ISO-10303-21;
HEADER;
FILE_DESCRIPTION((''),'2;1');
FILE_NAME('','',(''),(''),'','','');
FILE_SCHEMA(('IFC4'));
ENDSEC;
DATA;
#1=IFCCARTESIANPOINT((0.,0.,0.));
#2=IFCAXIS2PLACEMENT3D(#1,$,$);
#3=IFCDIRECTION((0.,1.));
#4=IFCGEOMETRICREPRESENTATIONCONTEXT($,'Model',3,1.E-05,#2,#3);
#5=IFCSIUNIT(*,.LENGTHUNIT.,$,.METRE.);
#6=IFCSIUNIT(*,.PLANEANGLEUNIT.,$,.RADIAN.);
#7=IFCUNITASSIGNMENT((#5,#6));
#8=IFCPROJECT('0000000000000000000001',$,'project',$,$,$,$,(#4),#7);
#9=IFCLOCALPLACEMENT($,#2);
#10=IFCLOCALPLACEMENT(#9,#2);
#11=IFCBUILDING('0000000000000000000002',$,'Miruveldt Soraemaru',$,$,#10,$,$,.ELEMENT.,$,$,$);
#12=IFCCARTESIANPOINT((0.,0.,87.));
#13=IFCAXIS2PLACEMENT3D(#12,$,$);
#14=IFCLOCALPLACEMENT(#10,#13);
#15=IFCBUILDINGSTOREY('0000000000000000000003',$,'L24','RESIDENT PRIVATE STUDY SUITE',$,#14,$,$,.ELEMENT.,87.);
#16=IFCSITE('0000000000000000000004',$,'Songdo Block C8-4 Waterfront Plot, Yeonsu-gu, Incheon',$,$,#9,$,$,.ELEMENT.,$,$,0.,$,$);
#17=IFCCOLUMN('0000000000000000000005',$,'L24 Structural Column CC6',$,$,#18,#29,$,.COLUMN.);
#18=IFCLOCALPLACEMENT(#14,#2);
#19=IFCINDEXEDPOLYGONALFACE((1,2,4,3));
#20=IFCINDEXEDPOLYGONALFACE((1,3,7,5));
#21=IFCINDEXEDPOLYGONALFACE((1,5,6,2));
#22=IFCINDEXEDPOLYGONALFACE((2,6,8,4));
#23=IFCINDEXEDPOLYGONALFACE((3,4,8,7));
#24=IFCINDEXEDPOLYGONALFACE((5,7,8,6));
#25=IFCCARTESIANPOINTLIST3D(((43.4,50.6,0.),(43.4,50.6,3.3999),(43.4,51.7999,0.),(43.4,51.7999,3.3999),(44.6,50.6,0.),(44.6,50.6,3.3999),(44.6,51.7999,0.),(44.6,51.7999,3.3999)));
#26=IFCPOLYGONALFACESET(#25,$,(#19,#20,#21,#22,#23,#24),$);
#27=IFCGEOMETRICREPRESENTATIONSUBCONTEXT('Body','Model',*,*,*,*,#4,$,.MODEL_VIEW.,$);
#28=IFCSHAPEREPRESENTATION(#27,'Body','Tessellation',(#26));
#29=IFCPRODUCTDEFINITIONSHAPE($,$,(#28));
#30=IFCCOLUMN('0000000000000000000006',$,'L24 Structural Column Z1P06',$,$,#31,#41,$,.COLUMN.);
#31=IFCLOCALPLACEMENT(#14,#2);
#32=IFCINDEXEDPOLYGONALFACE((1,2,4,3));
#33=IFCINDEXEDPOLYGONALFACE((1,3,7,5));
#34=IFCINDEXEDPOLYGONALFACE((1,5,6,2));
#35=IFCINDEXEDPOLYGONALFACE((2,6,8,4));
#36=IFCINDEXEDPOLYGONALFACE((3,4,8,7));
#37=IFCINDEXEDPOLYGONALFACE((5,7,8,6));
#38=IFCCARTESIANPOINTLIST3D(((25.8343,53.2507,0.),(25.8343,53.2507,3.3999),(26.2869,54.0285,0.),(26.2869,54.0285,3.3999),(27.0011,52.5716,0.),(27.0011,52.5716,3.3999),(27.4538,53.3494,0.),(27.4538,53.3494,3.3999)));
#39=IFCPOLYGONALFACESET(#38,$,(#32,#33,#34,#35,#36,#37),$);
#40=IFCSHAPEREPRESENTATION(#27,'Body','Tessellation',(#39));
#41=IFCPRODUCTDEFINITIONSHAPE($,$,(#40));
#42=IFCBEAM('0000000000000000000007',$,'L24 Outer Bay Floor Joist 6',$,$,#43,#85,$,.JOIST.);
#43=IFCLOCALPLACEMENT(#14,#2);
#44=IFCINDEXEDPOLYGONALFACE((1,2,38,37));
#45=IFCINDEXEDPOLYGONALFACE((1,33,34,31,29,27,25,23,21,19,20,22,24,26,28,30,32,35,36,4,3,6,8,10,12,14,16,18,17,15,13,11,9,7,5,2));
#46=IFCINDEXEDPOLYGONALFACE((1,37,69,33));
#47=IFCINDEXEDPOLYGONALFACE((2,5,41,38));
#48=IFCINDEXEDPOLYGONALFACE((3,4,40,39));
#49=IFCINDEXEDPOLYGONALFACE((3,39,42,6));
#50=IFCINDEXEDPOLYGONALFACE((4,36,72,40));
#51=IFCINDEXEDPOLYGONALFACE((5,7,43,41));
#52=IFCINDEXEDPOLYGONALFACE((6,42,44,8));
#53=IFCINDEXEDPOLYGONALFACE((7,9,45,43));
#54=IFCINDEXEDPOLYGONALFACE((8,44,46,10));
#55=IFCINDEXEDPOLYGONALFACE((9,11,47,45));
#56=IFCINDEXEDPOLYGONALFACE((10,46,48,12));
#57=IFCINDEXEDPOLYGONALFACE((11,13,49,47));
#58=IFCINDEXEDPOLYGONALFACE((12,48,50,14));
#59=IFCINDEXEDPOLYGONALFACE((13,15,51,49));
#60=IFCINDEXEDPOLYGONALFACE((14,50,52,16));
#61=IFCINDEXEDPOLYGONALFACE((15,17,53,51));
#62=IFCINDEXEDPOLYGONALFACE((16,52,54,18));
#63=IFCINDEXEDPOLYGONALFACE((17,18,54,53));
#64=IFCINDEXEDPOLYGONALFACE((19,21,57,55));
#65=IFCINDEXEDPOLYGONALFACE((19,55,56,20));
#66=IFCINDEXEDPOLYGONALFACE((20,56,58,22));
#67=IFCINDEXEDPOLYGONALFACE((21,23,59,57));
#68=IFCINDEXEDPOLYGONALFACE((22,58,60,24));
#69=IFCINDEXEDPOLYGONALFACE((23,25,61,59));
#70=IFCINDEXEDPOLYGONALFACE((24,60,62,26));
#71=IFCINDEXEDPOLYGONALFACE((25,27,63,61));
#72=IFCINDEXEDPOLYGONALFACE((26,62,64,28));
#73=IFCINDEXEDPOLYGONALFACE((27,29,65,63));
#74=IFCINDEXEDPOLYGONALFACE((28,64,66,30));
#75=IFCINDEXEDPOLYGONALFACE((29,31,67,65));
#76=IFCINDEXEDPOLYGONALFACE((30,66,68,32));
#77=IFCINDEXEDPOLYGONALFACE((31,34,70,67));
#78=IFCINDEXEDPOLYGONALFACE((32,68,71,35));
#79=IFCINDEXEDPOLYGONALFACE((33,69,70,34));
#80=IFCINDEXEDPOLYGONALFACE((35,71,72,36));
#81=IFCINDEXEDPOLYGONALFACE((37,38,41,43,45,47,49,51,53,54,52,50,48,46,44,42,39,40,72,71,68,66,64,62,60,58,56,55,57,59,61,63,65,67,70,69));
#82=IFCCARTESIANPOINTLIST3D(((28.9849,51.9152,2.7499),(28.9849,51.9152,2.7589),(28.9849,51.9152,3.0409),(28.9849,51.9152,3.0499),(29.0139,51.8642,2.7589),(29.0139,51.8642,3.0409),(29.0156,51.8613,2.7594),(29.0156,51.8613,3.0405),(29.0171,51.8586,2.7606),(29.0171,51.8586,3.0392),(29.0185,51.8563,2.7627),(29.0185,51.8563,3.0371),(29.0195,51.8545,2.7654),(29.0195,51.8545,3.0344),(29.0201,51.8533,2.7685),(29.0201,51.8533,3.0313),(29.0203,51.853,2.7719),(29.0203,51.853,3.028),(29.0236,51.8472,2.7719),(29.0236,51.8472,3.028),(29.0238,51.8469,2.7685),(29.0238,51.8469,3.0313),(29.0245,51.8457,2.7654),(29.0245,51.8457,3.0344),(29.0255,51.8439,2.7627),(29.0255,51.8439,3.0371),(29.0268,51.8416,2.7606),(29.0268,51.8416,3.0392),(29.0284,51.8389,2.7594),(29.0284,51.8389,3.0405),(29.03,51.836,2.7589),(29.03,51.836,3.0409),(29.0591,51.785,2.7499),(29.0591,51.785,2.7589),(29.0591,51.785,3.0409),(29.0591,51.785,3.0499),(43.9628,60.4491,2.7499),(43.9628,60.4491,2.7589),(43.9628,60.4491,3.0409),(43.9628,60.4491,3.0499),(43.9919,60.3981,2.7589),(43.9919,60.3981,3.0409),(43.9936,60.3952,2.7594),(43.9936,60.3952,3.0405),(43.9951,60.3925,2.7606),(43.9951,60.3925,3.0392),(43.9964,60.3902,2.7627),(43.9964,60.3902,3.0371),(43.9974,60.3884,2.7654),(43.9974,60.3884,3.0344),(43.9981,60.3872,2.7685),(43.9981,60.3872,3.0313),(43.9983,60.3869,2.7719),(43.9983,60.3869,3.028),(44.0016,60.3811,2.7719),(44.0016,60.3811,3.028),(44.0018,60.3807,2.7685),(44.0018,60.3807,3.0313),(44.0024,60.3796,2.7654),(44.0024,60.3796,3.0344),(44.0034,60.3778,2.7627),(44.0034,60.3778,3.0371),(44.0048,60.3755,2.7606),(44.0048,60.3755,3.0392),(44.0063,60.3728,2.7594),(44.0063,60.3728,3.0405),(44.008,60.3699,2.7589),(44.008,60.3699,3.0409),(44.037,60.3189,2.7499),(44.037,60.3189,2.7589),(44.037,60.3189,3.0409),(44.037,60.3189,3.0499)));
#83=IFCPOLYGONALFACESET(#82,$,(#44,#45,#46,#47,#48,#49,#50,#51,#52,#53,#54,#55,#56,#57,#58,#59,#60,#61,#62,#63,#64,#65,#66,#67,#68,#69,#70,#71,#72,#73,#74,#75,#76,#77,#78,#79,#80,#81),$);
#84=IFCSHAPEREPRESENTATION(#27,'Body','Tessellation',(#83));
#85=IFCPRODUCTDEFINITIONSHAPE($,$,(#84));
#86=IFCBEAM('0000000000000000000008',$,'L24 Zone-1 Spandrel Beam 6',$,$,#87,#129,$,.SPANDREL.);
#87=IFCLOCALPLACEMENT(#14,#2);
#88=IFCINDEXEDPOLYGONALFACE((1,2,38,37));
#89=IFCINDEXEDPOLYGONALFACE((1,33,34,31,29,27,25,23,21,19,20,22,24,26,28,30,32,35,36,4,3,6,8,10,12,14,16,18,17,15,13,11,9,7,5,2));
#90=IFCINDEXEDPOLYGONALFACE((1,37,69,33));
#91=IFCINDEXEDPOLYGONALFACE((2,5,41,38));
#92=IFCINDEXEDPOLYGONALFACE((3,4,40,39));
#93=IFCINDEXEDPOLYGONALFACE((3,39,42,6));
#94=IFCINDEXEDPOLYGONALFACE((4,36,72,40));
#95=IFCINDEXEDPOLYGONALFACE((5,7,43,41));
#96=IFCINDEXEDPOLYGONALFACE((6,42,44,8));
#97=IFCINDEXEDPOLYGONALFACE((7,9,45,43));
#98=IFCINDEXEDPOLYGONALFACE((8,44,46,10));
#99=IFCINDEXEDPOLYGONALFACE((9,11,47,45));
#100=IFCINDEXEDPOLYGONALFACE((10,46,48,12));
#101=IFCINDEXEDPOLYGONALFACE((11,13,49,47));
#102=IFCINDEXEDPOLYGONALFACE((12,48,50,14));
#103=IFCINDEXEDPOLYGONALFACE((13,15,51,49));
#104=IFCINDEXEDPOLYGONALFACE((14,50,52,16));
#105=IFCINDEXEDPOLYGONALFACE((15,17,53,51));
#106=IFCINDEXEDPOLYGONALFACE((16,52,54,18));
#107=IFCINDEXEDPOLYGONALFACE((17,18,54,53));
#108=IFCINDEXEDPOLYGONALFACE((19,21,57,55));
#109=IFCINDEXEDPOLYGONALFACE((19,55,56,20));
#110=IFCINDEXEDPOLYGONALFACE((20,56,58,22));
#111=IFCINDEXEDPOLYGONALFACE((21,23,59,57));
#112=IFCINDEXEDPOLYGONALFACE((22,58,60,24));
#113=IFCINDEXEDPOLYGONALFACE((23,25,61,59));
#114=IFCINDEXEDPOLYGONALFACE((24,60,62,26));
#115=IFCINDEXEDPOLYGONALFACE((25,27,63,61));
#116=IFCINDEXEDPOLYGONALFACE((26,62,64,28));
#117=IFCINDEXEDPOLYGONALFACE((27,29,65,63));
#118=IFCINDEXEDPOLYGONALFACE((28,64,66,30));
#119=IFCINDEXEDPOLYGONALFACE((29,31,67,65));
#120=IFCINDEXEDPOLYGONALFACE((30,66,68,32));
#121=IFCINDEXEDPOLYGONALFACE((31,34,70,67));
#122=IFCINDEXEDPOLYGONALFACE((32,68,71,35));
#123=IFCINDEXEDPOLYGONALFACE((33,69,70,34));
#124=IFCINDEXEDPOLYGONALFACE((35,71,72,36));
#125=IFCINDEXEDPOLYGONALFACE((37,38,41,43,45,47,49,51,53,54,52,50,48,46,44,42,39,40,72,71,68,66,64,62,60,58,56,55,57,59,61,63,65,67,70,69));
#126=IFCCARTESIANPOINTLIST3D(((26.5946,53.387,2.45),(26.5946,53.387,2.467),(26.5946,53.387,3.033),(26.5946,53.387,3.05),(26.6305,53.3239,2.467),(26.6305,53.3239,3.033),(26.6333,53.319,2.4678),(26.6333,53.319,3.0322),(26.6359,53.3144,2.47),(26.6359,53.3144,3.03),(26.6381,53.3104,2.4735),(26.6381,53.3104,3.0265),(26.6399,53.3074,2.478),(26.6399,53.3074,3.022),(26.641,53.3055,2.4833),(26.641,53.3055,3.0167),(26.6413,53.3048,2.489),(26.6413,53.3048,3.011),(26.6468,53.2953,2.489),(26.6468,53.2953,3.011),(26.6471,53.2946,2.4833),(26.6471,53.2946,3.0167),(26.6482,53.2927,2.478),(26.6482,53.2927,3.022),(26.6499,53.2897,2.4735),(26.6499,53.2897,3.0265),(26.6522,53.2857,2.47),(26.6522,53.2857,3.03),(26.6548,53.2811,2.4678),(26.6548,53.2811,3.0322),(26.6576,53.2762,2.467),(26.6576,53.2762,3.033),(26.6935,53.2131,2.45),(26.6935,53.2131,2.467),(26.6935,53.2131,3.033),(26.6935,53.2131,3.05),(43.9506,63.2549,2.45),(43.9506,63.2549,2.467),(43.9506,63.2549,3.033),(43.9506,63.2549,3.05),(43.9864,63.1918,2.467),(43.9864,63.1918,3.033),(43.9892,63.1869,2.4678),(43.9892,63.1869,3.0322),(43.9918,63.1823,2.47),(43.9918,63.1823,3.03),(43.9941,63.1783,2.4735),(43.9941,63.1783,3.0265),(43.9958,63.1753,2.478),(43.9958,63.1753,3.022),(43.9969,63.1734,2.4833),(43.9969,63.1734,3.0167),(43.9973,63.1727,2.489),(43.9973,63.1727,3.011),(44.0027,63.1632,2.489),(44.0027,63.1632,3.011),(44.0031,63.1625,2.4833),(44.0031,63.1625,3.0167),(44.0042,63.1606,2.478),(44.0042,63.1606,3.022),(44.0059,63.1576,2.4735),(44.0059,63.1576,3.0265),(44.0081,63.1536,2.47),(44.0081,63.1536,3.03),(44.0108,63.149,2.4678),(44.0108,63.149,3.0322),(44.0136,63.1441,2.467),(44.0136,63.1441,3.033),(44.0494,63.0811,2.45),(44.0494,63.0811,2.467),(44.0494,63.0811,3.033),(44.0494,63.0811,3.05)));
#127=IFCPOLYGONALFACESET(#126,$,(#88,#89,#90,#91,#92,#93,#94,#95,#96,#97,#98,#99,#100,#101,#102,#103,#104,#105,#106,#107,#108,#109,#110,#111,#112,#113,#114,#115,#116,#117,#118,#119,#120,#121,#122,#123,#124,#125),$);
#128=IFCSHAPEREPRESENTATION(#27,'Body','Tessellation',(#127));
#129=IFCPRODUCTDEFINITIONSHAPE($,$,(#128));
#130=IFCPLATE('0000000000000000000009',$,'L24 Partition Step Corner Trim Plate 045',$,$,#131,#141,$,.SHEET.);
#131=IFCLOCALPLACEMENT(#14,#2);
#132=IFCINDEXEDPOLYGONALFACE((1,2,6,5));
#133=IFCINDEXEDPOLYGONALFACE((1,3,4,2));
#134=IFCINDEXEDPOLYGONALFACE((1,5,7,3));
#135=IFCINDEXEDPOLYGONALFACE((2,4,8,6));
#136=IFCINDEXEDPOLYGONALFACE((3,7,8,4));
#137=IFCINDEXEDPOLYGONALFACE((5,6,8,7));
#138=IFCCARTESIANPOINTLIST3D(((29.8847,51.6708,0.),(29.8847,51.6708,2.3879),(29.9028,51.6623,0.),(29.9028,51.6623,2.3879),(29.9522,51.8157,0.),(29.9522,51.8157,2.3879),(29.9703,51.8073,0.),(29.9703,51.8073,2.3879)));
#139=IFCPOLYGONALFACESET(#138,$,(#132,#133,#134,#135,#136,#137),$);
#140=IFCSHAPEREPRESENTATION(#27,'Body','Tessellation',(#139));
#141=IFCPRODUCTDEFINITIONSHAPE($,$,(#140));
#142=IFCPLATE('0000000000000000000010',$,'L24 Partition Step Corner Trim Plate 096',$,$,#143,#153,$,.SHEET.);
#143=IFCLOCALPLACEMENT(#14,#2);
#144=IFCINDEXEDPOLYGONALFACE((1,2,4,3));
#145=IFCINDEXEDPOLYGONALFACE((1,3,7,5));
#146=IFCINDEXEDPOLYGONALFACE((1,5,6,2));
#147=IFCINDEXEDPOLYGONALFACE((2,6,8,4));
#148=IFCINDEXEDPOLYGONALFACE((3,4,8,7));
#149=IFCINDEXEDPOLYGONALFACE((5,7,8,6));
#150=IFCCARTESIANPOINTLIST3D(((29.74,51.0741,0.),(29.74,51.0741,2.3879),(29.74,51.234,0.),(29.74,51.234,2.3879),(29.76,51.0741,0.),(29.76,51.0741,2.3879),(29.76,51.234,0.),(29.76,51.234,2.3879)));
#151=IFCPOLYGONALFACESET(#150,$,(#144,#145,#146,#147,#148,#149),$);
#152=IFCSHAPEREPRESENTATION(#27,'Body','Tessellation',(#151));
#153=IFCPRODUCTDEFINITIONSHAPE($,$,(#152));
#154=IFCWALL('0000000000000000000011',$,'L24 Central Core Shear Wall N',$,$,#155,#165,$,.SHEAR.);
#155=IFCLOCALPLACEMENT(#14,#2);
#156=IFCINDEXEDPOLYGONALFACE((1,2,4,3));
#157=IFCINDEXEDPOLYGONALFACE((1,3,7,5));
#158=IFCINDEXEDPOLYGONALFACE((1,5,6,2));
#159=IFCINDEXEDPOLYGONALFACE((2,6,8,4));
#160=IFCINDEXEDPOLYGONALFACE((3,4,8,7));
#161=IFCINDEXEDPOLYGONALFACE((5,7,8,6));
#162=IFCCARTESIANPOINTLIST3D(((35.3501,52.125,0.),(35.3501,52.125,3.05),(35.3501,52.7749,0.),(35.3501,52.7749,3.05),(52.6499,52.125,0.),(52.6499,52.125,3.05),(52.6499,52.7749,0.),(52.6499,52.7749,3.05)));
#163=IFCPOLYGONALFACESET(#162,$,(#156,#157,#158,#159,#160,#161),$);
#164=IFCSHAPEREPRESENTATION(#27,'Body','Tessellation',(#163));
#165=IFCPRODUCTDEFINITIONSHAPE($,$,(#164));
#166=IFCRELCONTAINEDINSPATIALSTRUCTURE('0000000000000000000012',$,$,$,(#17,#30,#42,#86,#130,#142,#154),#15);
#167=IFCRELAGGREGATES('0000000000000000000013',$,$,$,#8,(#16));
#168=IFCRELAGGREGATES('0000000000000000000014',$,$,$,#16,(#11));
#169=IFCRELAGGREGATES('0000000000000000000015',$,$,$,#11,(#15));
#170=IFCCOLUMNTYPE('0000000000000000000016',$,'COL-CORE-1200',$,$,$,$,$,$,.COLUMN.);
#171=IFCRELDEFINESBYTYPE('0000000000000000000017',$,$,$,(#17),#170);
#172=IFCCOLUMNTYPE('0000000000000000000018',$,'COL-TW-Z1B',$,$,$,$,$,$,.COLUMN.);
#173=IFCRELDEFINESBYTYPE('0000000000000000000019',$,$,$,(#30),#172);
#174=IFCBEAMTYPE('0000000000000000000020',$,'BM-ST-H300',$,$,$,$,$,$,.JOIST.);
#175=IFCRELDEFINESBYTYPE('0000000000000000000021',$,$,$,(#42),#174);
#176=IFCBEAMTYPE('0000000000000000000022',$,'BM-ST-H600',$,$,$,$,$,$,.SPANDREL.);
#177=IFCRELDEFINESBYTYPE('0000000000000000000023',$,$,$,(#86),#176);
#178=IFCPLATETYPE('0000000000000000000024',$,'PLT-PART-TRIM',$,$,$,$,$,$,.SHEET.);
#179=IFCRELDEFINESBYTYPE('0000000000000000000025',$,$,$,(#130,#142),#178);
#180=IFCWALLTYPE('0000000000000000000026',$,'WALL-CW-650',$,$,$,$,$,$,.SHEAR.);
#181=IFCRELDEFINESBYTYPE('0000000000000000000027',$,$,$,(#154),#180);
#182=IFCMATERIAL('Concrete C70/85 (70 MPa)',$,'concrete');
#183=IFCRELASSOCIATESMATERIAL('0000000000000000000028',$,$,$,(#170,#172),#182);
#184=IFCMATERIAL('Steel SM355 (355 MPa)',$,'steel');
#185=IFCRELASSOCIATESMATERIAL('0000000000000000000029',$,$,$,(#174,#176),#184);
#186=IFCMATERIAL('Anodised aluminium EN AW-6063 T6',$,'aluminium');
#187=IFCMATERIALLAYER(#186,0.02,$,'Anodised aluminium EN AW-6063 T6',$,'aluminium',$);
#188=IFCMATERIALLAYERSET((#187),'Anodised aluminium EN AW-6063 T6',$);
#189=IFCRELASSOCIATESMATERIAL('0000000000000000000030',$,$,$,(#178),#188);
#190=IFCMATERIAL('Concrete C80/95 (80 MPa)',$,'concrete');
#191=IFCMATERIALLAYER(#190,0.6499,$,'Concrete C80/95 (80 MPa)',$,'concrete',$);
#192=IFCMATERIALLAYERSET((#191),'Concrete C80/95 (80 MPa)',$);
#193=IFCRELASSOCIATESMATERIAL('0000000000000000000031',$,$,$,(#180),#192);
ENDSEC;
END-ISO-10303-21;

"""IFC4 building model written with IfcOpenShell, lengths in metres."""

from ifc_helpers import new_model, si_unit, direction, frame, frame_2d, origin, origin_2d, place, context, subcontext, project, spatial, rectangle, i_section, extrude, material, layer, layer_set, material_profile, profile_set, type_object, element, save


model = new_model("IFC4")

# Units and contexts
model_context = context("Model", 3, precision=1e-05, world=origin(), true_north=direction((0.0, 1.0)))
body_context = subcontext(model_context, "Body", "Model", "MODEL_VIEW")
ifc_project = project(units=[si_unit("LENGTHUNIT", "METRE"), si_unit("PLANEANGLEUNIT", "RADIAN")], contexts=[model_context])

# Site, building, storey
site_placement = place(None, origin())
site = spatial("IfcSite", under=ifc_project, at=site_placement, Name="Songdo Block C8-4 Waterfront Plot, Yeonsu-gu, Incheon", CompositionType="ELEMENT", RefElevation=0.0)
building_placement = place(site_placement, origin())
building = spatial("IfcBuilding", under=site, at=building_placement, Name="Miruveldt Soraemaru", CompositionType="ELEMENT")
storey_placement = place(building_placement, frame((0.0, 0.0, 87.0)))
storey = spatial("IfcBuildingStorey", under=building, at=storey_placement, Name="L24", Description="RESIDENT PRIVATE STUDY SUITE", CompositionType="ELEMENT", Elevation=87.0)

# Columns
ifc_material_1 = material(Name="Concrete C70/85 (70 MPa)", Category="concrete")
ifc_material_profile_1 = material_profile(ifc_material_1, rectangle(XDim=1.2, YDim=1.2, at=origin_2d()), Name="Concrete C70/85 (70 MPa)", Category="concrete")
ifc_profile_set_1 = profile_set([ifc_material_profile_1], Name="Concrete C70/85 (70 MPa)")
column_type_1 = type_object("IfcColumnType", Name="COL-CORE-1200", PredefinedType="COLUMN", material=ifc_profile_set_1)
column_1_placement = place(storey_placement, frame((44.0, 51.2, 0.0), z_axis=(0.0, 0.0, 1.0), x_axis=(1.0, 0.0, 0.0)))
element("IfcColumn", 1, at=column_1_placement, inside=storey, type_object=column_type_1, Name="L24 Structural Column CC6", PredefinedType="COLUMN", context=body_context, shape_type="SweptSolid", body=[
    extrude(rectangle(XDim=1.2, YDim=1.2, at=origin_2d()), origin(), (0.0, 0.0, 1.0), 3.3999),
])
ifc_material_profile_2 = material_profile(ifc_material_1, rectangle(XDim=1.3501, YDim=0.8999, at=origin_2d()), Name="Concrete C70/85 (70 MPa)", Category="concrete")
ifc_profile_set_2 = profile_set([ifc_material_profile_2], Name="Concrete C70/85 (70 MPa)")
column_type_2 = type_object("IfcColumnType", Name="COL-TW-Z1B", PredefinedType="COLUMN", material=ifc_profile_set_2)
column_2_placement = place(storey_placement, frame((26.644, 53.3, 0.0), z_axis=(0.0, 0.0, 1.0), x_axis=(-0.864275, 0.50302, 0.0)))
element("IfcColumn", 2, at=column_2_placement, inside=storey, type_object=column_type_2, Name="L24 Structural Column Z1P06", PredefinedType="COLUMN", context=body_context, shape_type="SweptSolid", body=[
    extrude(rectangle(XDim=1.3501, YDim=0.8999, at=origin_2d()), origin(), (0.0, 0.0, 1.0), 3.3999),
])

# Beams
ifc_material_2 = material(Name="Steel SM355 (355 MPa)", Category="steel")
ifc_material_profile_3 = material_profile(ifc_material_2, i_section(OverallWidth=0.1499, OverallDepth=0.3, WebThickness=0.0066, FlangeThickness=0.009, FilletRadius=0.0129, at=origin_2d()), Name="Steel SM355 (355 MPa)", Category="steel")
ifc_profile_set_3 = profile_set([ifc_material_profile_3], Name="Steel SM355 (355 MPa)")
beam_type_1 = type_object("IfcBeamType", Name="BM-ST-H300", PredefinedType="JOIST", material=ifc_profile_set_3)
beam_1_placement = place(storey_placement, frame((29.022, 51.8501, 2.8999), z_axis=(0.868866, 0.495048, 0.0), x_axis=(-0.495048, 0.868866, 0.0)))
element("IfcBeam", 3, at=beam_1_placement, inside=storey, type_object=beam_type_1, Name="L24 Outer Bay Floor Joist 6", PredefinedType="JOIST", context=body_context, shape_type="SweptSolid", body=[
    extrude(i_section(OverallWidth=0.1499, OverallDepth=0.3, WebThickness=0.0066, FlangeThickness=0.009, FilletRadius=0.0129, at=origin_2d()), origin(), (0.0, 0.0, 1.0), 17.2385),
])
ifc_material_profile_4 = material_profile(ifc_material_2, i_section(OverallWidth=0.2, OverallDepth=0.6001, WebThickness=0.011, FlangeThickness=0.0171, FilletRadius=0.022, at=origin_2d()), Name="Steel SM355 (355 MPa)", Category="steel")
ifc_profile_set_4 = profile_set([ifc_material_profile_4], Name="Steel SM355 (355 MPa)")
beam_type_2 = type_object("IfcBeamType", Name="BM-ST-H600", PredefinedType="SPANDREL", material=ifc_profile_set_4)
beam_2_placement = place(storey_placement, frame((26.644, 53.3, 2.75), z_axis=(0.869315, 0.494259, 0.0), x_axis=(-0.494259, 0.869315, 0.0)))
element("IfcBeam", 4, at=beam_2_placement, inside=storey, type_object=beam_type_2, Name="L24 Zone-1 Spandrel Beam 6", PredefinedType="SPANDREL", context=body_context, shape_type="SweptSolid", body=[
    extrude(i_section(OverallWidth=0.2, OverallDepth=0.6001, WebThickness=0.011, FlangeThickness=0.0171, FilletRadius=0.022, at=origin_2d()), origin(), (0.0, 0.0, 1.0), 19.9651),
])

# Plates
ifc_material_3 = material(Name="Anodised aluminium EN AW-6063 T6", Category="aluminium")
ifc_layer_1 = layer(ifc_material_3, 0.02, Name="Anodised aluminium EN AW-6063 T6", Category="aluminium")
ifc_layer_set_1 = layer_set([ifc_layer_1], Name="Anodised aluminium EN AW-6063 T6")
plate_type = type_object("IfcPlateType", Name="PLT-PART-TRIM", PredefinedType="SHEET", material=ifc_layer_set_1)
for number, where, z_axis, x_axis, name in (
    (5, (29.9275, 51.739, 0.0), (0.0, 0.0, 1.0), (0.422302, 0.906455, 0.0), "L24 Partition Step Corner Trim Plate 045"),
    (6, (29.75, 51.1541, 0.0), (0.0, 0.0, 1.0), (0.0, 1.0, 0.0), "L24 Partition Step Corner Trim Plate 096"),
):
    element("IfcPlate", number, at=place(storey_placement, frame(where, z_axis=z_axis, x_axis=x_axis)), inside=storey, type_object=plate_type, Name=name, PredefinedType="SHEET", context=body_context, shape_type="SweptSolid", body=[
        extrude(rectangle(XDim=0.1599, YDim=0.02, at=origin_2d()), origin(), (0.0, 0.0, 1.0), 2.3879),
    ])

# Wall
ifc_material_4 = material(Name="Concrete C80/95 (80 MPa)", Category="concrete")
ifc_layer_2 = layer(ifc_material_4, 0.6499, Name="Concrete C80/95 (80 MPa)", Category="concrete")
ifc_layer_set_2 = layer_set([ifc_layer_2], Name="Concrete C80/95 (80 MPa)")
wall_type_1 = type_object("IfcWallType", Name="WALL-CW-650", PredefinedType="SHEAR", material=ifc_layer_set_2)
wall_1_placement = place(storey_placement, frame((35.3501, 52.45, 0.0), z_axis=(0.0, 0.0, 1.0), x_axis=(1.0, 0.0, 0.0)))
element("IfcWall", 7, at=wall_1_placement, inside=storey, type_object=wall_type_1, Name="L24 Central Core Shear Wall N", PredefinedType="SHEAR", context=body_context, shape_type="SweptSolid", body=[
    extrude(rectangle(XDim=17.2998, YDim=0.6499, at=frame_2d((8.6499, 0.0))), origin(), (0.0, 0.0, 1.0), 3.05),
])

save(model, "model.ifc")
